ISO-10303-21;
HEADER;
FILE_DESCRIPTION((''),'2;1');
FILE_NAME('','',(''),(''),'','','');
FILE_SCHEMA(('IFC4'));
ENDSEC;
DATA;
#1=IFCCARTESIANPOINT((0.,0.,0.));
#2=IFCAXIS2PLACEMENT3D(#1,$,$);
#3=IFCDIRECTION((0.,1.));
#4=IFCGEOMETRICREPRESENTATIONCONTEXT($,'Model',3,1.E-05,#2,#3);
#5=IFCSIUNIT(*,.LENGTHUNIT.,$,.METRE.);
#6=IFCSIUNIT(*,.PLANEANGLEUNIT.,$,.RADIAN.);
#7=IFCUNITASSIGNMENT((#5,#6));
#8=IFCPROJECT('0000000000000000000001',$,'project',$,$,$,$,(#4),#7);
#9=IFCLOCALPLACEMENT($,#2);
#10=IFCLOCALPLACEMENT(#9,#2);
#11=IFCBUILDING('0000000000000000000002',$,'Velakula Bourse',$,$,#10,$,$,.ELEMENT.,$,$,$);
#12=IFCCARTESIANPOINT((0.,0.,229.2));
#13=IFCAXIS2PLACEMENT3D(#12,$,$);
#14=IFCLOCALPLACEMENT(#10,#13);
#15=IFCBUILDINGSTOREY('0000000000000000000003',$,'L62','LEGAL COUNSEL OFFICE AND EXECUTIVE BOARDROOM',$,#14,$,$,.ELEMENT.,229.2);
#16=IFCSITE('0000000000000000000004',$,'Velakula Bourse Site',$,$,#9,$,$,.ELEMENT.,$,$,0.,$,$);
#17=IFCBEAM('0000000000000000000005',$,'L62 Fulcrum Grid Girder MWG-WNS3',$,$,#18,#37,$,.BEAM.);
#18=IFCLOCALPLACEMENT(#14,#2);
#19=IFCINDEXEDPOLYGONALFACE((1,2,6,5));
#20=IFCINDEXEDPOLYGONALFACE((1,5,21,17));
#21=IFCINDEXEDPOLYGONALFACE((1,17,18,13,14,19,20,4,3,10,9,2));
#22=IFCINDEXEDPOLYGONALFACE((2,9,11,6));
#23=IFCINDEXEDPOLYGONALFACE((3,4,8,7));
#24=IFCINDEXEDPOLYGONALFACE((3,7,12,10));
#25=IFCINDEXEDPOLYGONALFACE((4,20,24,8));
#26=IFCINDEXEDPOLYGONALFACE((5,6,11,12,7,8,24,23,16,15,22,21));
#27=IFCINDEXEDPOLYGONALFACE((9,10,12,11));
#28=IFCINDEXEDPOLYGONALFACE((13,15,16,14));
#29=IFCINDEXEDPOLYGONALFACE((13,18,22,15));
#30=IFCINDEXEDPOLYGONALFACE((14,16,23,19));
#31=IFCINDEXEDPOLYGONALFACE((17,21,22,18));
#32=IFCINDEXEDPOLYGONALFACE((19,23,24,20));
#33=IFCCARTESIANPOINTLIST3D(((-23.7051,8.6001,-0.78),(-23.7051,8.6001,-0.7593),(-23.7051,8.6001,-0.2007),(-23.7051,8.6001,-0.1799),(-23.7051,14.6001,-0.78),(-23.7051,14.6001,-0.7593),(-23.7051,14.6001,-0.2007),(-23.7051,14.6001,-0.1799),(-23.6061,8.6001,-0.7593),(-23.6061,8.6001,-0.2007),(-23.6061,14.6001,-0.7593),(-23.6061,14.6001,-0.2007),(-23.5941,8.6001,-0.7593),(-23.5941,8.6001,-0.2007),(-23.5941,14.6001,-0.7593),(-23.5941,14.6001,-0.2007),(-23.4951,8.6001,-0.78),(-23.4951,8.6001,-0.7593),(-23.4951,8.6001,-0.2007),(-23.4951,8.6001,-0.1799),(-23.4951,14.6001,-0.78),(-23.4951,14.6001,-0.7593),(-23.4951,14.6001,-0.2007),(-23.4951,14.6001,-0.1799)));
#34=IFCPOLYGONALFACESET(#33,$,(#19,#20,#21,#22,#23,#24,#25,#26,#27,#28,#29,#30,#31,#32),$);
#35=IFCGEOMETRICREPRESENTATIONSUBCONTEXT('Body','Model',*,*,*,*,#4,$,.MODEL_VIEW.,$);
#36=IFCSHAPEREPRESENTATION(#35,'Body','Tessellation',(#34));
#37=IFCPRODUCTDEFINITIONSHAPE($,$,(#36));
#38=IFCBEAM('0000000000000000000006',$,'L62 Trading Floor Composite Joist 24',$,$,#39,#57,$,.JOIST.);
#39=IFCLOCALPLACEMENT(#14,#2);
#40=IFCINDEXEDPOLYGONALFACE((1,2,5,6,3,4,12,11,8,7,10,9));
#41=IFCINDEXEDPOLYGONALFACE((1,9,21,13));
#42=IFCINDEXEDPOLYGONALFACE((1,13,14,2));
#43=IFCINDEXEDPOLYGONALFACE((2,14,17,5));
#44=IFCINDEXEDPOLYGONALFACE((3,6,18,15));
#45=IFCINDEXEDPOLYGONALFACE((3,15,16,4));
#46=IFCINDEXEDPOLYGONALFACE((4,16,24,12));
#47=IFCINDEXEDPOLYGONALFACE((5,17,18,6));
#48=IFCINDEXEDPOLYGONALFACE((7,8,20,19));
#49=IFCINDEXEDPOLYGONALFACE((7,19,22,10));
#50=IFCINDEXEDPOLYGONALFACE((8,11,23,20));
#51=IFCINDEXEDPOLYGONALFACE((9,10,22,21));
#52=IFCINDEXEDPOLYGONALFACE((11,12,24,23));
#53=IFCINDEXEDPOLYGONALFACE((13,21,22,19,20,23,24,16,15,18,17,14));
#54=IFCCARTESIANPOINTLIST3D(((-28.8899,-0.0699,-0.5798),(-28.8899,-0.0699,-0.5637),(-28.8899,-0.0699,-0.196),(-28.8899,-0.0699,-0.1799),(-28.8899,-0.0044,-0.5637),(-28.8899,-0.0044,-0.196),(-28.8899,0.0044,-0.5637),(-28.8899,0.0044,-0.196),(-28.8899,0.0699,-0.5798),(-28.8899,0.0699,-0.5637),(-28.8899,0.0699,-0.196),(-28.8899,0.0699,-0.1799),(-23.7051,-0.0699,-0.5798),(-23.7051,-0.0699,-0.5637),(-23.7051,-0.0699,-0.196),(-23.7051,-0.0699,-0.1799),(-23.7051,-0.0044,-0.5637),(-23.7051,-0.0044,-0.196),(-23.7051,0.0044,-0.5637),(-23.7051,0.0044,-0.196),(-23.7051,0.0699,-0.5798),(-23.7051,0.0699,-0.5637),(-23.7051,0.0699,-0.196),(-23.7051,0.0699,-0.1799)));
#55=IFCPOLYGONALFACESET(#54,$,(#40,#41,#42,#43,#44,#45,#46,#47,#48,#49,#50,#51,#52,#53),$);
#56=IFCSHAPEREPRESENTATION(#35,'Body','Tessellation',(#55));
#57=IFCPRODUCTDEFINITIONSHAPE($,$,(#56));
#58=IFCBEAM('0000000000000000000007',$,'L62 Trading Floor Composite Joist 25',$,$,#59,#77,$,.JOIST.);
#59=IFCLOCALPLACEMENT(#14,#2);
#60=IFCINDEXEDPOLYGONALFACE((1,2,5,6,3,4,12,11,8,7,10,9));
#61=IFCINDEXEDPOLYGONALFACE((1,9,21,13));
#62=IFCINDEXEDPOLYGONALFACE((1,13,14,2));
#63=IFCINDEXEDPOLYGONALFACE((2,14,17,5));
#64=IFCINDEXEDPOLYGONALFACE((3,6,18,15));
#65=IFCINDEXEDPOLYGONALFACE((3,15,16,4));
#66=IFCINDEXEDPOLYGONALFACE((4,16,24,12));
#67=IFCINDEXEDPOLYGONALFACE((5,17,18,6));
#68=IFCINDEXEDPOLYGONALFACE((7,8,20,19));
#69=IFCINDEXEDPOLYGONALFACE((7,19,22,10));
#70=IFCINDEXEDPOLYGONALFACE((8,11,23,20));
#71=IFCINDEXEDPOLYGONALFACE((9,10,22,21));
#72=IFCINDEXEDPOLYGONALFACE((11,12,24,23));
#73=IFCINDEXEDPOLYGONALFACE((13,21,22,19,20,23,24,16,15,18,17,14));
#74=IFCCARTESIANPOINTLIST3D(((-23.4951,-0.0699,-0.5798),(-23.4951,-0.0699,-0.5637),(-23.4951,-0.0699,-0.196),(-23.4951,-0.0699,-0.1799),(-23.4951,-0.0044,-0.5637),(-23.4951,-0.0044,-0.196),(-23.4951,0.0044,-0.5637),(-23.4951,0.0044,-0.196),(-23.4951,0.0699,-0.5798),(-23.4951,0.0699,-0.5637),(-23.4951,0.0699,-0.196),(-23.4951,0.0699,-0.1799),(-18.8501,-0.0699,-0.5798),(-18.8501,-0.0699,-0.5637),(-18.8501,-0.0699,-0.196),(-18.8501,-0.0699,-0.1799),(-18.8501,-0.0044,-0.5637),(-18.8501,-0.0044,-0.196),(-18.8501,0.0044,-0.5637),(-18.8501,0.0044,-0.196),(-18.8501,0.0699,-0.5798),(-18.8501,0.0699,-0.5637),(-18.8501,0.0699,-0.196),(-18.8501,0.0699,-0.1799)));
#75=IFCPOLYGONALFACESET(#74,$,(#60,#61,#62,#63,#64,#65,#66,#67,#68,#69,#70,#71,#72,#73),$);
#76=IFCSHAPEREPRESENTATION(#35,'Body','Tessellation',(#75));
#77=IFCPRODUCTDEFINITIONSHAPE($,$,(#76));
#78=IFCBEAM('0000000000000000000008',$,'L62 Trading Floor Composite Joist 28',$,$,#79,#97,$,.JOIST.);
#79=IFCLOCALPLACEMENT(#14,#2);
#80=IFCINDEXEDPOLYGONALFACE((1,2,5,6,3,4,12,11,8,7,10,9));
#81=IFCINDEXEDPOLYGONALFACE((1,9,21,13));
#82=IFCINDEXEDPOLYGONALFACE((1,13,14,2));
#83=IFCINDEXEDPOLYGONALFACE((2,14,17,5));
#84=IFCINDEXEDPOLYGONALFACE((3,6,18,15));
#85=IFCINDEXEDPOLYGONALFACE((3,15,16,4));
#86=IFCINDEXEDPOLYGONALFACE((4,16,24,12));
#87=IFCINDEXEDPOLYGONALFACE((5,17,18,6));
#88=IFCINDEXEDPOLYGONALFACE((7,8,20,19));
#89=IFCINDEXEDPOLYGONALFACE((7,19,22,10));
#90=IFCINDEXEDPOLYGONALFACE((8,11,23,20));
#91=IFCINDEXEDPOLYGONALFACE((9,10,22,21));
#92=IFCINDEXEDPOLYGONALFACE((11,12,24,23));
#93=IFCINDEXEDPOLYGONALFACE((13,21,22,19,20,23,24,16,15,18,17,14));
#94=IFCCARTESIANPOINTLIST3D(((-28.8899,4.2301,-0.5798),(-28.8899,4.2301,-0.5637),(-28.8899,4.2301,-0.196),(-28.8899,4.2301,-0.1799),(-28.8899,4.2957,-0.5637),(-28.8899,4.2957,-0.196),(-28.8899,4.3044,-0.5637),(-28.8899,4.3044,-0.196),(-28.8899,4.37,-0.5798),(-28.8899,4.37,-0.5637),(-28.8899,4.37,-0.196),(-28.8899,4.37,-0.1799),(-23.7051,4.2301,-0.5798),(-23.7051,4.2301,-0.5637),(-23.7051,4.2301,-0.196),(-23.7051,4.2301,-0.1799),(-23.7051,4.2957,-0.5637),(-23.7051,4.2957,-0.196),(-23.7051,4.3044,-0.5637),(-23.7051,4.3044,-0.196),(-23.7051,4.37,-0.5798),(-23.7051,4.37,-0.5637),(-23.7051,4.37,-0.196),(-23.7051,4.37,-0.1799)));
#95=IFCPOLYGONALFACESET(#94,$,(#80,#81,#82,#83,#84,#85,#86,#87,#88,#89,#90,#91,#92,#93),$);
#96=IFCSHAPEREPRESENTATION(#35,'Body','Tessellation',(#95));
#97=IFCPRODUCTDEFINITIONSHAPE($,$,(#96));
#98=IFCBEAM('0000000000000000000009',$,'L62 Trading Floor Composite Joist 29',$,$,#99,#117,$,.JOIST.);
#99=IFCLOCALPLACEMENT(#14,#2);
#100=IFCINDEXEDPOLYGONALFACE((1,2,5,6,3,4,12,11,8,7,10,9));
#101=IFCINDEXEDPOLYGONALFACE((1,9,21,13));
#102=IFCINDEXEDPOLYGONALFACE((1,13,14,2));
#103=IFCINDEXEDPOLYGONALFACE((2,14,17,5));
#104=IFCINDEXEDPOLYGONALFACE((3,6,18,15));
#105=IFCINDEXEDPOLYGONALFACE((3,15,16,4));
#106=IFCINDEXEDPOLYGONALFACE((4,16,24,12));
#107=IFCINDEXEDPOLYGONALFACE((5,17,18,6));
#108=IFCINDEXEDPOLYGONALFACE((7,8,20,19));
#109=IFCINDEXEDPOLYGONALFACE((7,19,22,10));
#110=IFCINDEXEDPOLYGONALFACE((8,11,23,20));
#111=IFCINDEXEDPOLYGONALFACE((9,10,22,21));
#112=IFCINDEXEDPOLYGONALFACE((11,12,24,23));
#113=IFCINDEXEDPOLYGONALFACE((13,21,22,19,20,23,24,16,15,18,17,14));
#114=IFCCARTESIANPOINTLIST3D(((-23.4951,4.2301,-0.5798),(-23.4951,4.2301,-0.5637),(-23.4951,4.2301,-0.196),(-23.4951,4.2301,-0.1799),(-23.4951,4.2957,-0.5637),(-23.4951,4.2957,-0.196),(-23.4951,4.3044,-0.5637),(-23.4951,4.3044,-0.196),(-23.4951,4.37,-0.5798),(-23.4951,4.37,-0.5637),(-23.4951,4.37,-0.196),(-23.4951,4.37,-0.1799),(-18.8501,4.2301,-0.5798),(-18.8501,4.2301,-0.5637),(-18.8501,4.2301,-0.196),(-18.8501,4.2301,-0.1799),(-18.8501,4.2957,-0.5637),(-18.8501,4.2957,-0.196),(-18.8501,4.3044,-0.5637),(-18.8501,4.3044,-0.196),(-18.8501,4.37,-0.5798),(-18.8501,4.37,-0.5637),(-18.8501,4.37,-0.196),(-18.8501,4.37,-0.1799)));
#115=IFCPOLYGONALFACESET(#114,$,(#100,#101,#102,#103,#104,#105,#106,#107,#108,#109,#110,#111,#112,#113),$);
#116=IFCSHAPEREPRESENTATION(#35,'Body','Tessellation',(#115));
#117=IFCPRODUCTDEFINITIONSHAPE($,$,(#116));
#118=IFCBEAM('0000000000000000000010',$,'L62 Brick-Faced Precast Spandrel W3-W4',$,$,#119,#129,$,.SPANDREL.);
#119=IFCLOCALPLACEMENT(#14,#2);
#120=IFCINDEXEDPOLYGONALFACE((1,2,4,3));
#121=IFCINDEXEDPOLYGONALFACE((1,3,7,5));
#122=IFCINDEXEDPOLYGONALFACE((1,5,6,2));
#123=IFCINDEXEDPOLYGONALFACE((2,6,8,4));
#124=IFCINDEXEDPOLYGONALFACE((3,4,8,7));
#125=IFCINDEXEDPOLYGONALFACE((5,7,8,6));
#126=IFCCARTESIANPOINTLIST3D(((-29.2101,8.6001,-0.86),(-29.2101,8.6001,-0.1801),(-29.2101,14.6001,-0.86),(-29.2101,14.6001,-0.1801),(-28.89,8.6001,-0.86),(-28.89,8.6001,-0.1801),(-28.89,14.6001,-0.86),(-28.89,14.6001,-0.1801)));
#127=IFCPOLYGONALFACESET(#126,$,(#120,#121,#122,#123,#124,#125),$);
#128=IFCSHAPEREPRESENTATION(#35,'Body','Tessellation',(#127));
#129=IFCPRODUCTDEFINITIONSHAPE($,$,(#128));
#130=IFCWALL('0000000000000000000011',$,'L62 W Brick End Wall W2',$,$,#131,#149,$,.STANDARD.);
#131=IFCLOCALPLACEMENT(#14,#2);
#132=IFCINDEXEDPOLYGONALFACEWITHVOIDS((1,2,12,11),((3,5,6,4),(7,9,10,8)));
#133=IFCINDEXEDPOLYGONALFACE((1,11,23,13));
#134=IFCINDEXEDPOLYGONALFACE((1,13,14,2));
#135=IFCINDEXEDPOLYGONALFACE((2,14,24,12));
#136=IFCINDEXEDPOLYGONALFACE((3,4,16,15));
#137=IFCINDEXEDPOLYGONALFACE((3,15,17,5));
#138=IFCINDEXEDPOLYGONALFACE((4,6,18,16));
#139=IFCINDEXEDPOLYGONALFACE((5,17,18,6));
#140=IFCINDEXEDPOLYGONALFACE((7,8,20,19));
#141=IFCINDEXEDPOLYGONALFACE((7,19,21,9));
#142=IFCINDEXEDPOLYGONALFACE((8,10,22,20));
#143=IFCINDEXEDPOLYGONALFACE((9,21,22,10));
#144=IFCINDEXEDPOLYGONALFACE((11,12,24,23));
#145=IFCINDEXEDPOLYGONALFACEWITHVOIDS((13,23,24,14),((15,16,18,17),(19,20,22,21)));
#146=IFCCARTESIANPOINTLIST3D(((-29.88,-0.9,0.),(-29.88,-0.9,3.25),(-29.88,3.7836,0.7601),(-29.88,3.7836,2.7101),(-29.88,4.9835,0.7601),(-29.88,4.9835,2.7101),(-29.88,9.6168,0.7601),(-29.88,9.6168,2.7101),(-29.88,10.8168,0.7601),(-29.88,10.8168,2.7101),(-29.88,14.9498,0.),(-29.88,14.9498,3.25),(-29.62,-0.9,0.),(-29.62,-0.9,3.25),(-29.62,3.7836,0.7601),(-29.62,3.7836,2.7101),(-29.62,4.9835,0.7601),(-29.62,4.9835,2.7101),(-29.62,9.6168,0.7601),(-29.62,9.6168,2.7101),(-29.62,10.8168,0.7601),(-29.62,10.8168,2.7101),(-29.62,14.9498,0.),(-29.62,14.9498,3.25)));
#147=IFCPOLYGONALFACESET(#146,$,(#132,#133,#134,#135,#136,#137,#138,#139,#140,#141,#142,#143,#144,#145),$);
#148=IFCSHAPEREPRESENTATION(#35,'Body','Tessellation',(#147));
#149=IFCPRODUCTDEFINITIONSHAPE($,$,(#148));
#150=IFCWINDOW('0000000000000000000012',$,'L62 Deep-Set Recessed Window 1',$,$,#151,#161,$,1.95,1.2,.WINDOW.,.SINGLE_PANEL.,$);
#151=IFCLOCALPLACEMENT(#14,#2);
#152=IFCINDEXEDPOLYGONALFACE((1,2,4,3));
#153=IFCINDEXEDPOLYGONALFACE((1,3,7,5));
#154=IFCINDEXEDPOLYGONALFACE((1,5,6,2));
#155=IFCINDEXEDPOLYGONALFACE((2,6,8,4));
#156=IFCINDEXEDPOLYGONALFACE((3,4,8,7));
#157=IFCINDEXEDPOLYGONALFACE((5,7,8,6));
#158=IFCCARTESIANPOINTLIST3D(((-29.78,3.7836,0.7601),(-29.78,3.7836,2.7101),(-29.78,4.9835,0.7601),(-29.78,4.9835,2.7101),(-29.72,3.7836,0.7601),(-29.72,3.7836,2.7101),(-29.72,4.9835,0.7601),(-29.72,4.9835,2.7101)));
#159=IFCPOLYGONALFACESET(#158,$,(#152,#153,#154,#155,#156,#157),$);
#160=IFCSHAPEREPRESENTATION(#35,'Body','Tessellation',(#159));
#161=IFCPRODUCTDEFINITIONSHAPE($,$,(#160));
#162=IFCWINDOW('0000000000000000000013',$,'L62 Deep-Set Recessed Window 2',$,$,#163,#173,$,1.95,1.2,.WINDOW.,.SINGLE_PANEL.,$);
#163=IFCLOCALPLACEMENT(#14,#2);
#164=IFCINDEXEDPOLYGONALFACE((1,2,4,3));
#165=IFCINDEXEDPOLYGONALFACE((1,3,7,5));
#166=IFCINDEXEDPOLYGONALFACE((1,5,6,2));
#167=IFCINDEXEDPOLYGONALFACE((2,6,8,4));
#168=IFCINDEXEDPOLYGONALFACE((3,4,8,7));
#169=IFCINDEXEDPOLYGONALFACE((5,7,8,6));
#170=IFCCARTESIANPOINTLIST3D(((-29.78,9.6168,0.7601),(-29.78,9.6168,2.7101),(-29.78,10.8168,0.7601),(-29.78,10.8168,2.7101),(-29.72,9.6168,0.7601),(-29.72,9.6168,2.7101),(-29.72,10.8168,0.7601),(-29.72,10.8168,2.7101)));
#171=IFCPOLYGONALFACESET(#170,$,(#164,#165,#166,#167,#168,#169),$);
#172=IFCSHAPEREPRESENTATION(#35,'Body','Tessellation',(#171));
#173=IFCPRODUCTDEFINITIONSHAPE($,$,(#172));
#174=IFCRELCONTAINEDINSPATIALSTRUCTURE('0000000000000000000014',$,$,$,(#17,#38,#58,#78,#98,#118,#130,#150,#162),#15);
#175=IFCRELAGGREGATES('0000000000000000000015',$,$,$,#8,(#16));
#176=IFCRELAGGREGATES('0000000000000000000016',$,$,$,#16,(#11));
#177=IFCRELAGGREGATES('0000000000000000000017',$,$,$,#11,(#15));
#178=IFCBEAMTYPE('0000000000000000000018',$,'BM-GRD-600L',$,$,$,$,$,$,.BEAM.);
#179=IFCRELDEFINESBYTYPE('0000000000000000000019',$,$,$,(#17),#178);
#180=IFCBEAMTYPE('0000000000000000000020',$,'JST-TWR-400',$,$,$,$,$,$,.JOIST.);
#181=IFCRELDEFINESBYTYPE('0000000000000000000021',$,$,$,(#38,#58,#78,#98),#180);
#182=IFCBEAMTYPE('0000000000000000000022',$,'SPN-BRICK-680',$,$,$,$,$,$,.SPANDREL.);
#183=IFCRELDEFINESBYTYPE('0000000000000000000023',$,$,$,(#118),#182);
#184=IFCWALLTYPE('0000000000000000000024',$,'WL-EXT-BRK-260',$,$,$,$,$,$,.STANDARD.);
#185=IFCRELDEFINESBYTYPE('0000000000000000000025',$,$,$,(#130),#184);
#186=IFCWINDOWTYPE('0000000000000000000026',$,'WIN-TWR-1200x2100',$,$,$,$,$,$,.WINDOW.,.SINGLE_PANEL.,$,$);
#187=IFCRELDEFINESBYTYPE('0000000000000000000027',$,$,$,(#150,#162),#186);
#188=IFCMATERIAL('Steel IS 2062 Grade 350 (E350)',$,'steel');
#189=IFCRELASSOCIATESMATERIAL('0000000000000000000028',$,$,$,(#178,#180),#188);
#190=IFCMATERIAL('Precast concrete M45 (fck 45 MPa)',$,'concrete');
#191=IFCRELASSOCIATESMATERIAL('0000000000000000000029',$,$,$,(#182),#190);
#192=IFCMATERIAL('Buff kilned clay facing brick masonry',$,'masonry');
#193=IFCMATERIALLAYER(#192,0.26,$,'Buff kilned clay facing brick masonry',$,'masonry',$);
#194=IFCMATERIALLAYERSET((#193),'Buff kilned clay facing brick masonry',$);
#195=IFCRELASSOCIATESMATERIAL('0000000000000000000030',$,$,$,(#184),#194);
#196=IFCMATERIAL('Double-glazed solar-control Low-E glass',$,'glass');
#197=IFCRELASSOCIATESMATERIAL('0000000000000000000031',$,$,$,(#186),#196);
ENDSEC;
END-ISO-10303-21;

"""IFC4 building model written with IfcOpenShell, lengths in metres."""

from ifc_helpers import new_model, si_unit, direction, frame, frame_2d, origin, origin_2d, place, context, subcontext, project, spatial, rectangle, i_section, extrude, material, layer, layer_set, material_profile, profile_set, type_object, element, fill, save


model = new_model("IFC4")

# Units and contexts
model_context = context("Model", 3, precision=1e-05, world=origin(), true_north=direction((0.0, 1.0)))
body_context = subcontext(model_context, "Body", "Model", "MODEL_VIEW")
ifc_project = project(units=[si_unit("LENGTHUNIT", "METRE"), si_unit("PLANEANGLEUNIT", "RADIAN")], contexts=[model_context])

# Site, building, storey
site_placement = place(None, origin())
site = spatial("IfcSite", under=ifc_project, at=site_placement, Name="Velakula Bourse Site", CompositionType="ELEMENT", RefElevation=0.0)
building_placement = place(site_placement, origin())
building = spatial("IfcBuilding", under=site, at=building_placement, Name="Velakula Bourse", CompositionType="ELEMENT")
storey_placement = place(building_placement, frame((0.0, 0.0, 229.2)))
storey = spatial("IfcBuildingStorey", under=building, at=storey_placement, Name="L62", Description="LEGAL COUNSEL OFFICE AND EXECUTIVE BOARDROOM", CompositionType="ELEMENT", Elevation=229.2)

# Shared definitions
ifc_material_1 = material(Name="Steel IS 2062 Grade 350 (E350)", Category="steel")

# Beams
ifc_material_profile_1 = material_profile(ifc_material_1, i_section(OverallWidth=0.21, OverallDepth=0.6001, WebThickness=0.012, FlangeThickness=0.0208, at=origin_2d()), Name="Steel IS 2062 Grade 350 (E350)")
ifc_profile_set_1 = profile_set([ifc_material_profile_1], Name="Steel IS 2062 Grade 350 (E350)")
beam_type_1 = type_object("IfcBeamType", Name="BM-GRD-600L", PredefinedType="BEAM", material=ifc_profile_set_1)
beam_1_placement = place(storey_placement, frame((-23.6001, 8.6001, -0.48), z_axis=(0.0, 1.0, 0.0), x_axis=(-1.0, 0.0, 0.0)))
element("IfcBeam", 1, at=beam_1_placement, inside=storey, type_object=beam_type_1, Name="L62 Fulcrum Grid Girder MWG-WNS3", PredefinedType="BEAM", context=body_context, shape_type="SweptSolid", body=[
    extrude(i_section(OverallWidth=0.21, OverallDepth=0.6001, WebThickness=0.012, FlangeThickness=0.0208, at=origin_2d()), origin(), (0.0, 0.0, 1.0), 6.0),
])
ifc_material_profile_2 = material_profile(ifc_material_1, i_section(OverallWidth=0.1399, OverallDepth=0.3999, WebThickness=0.0088, FlangeThickness=0.0161, at=origin_2d()), Name="Steel IS 2062 Grade 350 (E350)")
ifc_profile_set_2 = profile_set([ifc_material_profile_2], Name="Steel IS 2062 Grade 350 (E350)")
beam_type_2 = type_object("IfcBeamType", Name="JST-TWR-400", PredefinedType="JOIST", material=ifc_profile_set_2)
beam_2_placement = place(storey_placement, frame((-28.8899, 0.0, -0.3799), z_axis=(1.0, 0.0, 0.0), x_axis=(0.0, 1.0, 0.0)))
element("IfcBeam", 2, at=beam_2_placement, inside=storey, type_object=beam_type_2, Name="L62 Trading Floor Composite Joist 24", PredefinedType="JOIST", context=body_context, shape_type="SweptSolid", body=[
    extrude(i_section(OverallWidth=0.1399, OverallDepth=0.3999, WebThickness=0.0088, FlangeThickness=0.0161, at=origin_2d()), origin(), (0.0, 0.0, 1.0), 5.1848),
])
beam_3_placement = place(storey_placement, frame((-23.4951, 0.0, -0.3799), z_axis=(1.0, 0.0, 0.0), x_axis=(0.0, 1.0, 0.0)))
element("IfcBeam", 3, at=beam_3_placement, inside=storey, type_object=beam_type_2, Name="L62 Trading Floor Composite Joist 25", PredefinedType="JOIST", context=body_context, shape_type="SweptSolid", body=[
    extrude(i_section(OverallWidth=0.1399, OverallDepth=0.3999, WebThickness=0.0088, FlangeThickness=0.0161, at=origin_2d()), origin(), (0.0, 0.0, 1.0), 4.645),
])
beam_4_placement = place(storey_placement, frame((-28.8899, 4.3, -0.3799), z_axis=(1.0, 0.0, 0.0), x_axis=(0.0, 1.0, 0.0)))
element("IfcBeam", 4, at=beam_4_placement, inside=storey, type_object=beam_type_2, Name="L62 Trading Floor Composite Joist 28", PredefinedType="JOIST", context=body_context, shape_type="SweptSolid", body=[
    extrude(i_section(OverallWidth=0.1399, OverallDepth=0.3999, WebThickness=0.0088, FlangeThickness=0.0161, at=origin_2d()), origin(), (0.0, 0.0, 1.0), 5.1848),
])
beam_5_placement = place(storey_placement, frame((-23.4951, 4.3, -0.3799), z_axis=(1.0, 0.0, 0.0), x_axis=(0.0, 1.0, 0.0)))
element("IfcBeam", 5, at=beam_5_placement, inside=storey, type_object=beam_type_2, Name="L62 Trading Floor Composite Joist 29", PredefinedType="JOIST", context=body_context, shape_type="SweptSolid", body=[
    extrude(i_section(OverallWidth=0.1399, OverallDepth=0.3999, WebThickness=0.0088, FlangeThickness=0.0161, at=origin_2d()), origin(), (0.0, 0.0, 1.0), 4.645),
])
ifc_material_2 = material(Name="Precast concrete M45 (fck 45 MPa)", Category="concrete")
ifc_material_profile_3 = material_profile(ifc_material_2, rectangle(XDim=0.3201, YDim=0.6799, at=origin_2d()), Name="Precast concrete M45 (fck 45 MPa)")
ifc_profile_set_3 = profile_set([ifc_material_profile_3], Name="Precast concrete M45 (fck 45 MPa)")
beam_type_3 = type_object("IfcBeamType", Name="SPN-BRICK-680", PredefinedType="SPANDREL", material=ifc_profile_set_3)
beam_6_placement = place(storey_placement, frame((-29.05, 8.6001, -0.52), z_axis=(0.0, 1.0, 0.0), x_axis=(-1.0, 0.0, 0.0)))
element("IfcBeam", 6, at=beam_6_placement, inside=storey, type_object=beam_type_3, Name="L62 Brick-Faced Precast Spandrel W3-W4", PredefinedType="SPANDREL", context=body_context, shape_type="SweptSolid", body=[
    extrude(rectangle(XDim=0.3201, YDim=0.6799, at=origin_2d()), origin(), (0.0, 0.0, 1.0), 6.0),
])

# Wall, openings, windows
ifc_material_3 = material(Name="Buff kilned clay facing brick masonry", Category="masonry")
ifc_layer_1 = layer(ifc_material_3, 0.26, Name="Buff kilned clay facing brick masonry", Category="masonry")
ifc_layer_set_1 = layer_set([ifc_layer_1], Name="Buff kilned clay facing brick masonry")
wall_type_1 = type_object("IfcWallType", Name="WL-EXT-BRK-260", PredefinedType="STANDARD", material=ifc_layer_set_1)
wall_1_placement = place(storey_placement, frame((-29.75, -0.8999, 0.0), z_axis=(0.0, 0.0, 1.0), x_axis=(0.0, 1.0, 0.0)))
wall_1 = element("IfcWall", 7, at=wall_1_placement, inside=storey, type_object=wall_type_1, Name="L62 W Brick End Wall W2", PredefinedType="STANDARD", context=body_context, shape_type="SweptSolid", body=[
    extrude(rectangle(XDim=15.8499, YDim=0.26, at=frame_2d((7.9248, 0.0))), origin(), (0.0, 0.0, 1.0), 3.25),
])
opening_1_placement = place(wall_1_placement, frame((4.6833, 0.0, 0.76)))
opening_1 = element("IfcOpeningElement", 8, at=opening_1_placement, cuts=wall_1, PredefinedType="OPENING", context=body_context, shape_type="SweptSolid", body=[
    extrude(rectangle(XDim=1.2, YDim=1.95, at=frame_2d((0.6001, 0.9751))), frame((0.0, 0.1399, 0.0), z_axis=(0.0, -1.0, 0.0), x_axis=(1.0, 0.0, 0.0)), (0.0, 0.0, 1.0), 0.28),
])
opening_2_placement = place(wall_1_placement, frame((10.5166, 0.0, 0.76)))
opening_2 = element("IfcOpeningElement", 9, at=opening_2_placement, cuts=wall_1, PredefinedType="OPENING", context=body_context, shape_type="SweptSolid", body=[
    extrude(rectangle(XDim=1.2, YDim=1.95, at=frame_2d((0.6001, 0.9751))), frame((0.0, 0.1399, 0.0), z_axis=(0.0, -1.0, 0.0), x_axis=(1.0, 0.0, 0.0)), (0.0, 0.0, 1.0), 0.28),
])
ifc_material_4 = material(Name="Double-glazed solar-control Low-E glass", Category="glass")
window_type = type_object("IfcWindowType", Name="WIN-TWR-1200x2100", PartitioningType="SINGLE_PANEL", PredefinedType="WINDOW", material=ifc_material_4)
window_1_placement = place(opening_1_placement, origin())
window_1 = element("IfcWindow", 10, at=window_1_placement, inside=storey, type_object=window_type, Name="L62 Deep-Set Recessed Window 1", OverallHeight=1.95, OverallWidth=1.2, PartitioningType="SINGLE_PANEL", PredefinedType="WINDOW", context=body_context, shape_type="SweptSolid", body=[
    extrude(rectangle(XDim=1.2, YDim=1.95, at=frame_2d((0.6001, 0.9751))), frame((0.0, 0.03, 0.0), z_axis=(0.0, -1.0, 0.0), x_axis=(1.0, 0.0, 0.0)), (0.0, 0.0, 1.0), 0.0601),
])
fill(opening_1, window_1)
window_2_placement = place(opening_2_placement, origin())
window_2 = element("IfcWindow", 11, at=window_2_placement, inside=storey, type_object=window_type, Name="L62 Deep-Set Recessed Window 2", OverallHeight=1.95, OverallWidth=1.2, PartitioningType="SINGLE_PANEL", PredefinedType="WINDOW", context=body_context, shape_type="SweptSolid", body=[
    extrude(rectangle(XDim=1.2, YDim=1.95, at=frame_2d((0.6001, 0.9751))), frame((0.0, 0.03, 0.0), z_axis=(0.0, -1.0, 0.0), x_axis=(1.0, 0.0, 0.0)), (0.0, 0.0, 1.0), 0.0601),
])
fill(opening_2, window_2)

save(model, "model.ifc")
